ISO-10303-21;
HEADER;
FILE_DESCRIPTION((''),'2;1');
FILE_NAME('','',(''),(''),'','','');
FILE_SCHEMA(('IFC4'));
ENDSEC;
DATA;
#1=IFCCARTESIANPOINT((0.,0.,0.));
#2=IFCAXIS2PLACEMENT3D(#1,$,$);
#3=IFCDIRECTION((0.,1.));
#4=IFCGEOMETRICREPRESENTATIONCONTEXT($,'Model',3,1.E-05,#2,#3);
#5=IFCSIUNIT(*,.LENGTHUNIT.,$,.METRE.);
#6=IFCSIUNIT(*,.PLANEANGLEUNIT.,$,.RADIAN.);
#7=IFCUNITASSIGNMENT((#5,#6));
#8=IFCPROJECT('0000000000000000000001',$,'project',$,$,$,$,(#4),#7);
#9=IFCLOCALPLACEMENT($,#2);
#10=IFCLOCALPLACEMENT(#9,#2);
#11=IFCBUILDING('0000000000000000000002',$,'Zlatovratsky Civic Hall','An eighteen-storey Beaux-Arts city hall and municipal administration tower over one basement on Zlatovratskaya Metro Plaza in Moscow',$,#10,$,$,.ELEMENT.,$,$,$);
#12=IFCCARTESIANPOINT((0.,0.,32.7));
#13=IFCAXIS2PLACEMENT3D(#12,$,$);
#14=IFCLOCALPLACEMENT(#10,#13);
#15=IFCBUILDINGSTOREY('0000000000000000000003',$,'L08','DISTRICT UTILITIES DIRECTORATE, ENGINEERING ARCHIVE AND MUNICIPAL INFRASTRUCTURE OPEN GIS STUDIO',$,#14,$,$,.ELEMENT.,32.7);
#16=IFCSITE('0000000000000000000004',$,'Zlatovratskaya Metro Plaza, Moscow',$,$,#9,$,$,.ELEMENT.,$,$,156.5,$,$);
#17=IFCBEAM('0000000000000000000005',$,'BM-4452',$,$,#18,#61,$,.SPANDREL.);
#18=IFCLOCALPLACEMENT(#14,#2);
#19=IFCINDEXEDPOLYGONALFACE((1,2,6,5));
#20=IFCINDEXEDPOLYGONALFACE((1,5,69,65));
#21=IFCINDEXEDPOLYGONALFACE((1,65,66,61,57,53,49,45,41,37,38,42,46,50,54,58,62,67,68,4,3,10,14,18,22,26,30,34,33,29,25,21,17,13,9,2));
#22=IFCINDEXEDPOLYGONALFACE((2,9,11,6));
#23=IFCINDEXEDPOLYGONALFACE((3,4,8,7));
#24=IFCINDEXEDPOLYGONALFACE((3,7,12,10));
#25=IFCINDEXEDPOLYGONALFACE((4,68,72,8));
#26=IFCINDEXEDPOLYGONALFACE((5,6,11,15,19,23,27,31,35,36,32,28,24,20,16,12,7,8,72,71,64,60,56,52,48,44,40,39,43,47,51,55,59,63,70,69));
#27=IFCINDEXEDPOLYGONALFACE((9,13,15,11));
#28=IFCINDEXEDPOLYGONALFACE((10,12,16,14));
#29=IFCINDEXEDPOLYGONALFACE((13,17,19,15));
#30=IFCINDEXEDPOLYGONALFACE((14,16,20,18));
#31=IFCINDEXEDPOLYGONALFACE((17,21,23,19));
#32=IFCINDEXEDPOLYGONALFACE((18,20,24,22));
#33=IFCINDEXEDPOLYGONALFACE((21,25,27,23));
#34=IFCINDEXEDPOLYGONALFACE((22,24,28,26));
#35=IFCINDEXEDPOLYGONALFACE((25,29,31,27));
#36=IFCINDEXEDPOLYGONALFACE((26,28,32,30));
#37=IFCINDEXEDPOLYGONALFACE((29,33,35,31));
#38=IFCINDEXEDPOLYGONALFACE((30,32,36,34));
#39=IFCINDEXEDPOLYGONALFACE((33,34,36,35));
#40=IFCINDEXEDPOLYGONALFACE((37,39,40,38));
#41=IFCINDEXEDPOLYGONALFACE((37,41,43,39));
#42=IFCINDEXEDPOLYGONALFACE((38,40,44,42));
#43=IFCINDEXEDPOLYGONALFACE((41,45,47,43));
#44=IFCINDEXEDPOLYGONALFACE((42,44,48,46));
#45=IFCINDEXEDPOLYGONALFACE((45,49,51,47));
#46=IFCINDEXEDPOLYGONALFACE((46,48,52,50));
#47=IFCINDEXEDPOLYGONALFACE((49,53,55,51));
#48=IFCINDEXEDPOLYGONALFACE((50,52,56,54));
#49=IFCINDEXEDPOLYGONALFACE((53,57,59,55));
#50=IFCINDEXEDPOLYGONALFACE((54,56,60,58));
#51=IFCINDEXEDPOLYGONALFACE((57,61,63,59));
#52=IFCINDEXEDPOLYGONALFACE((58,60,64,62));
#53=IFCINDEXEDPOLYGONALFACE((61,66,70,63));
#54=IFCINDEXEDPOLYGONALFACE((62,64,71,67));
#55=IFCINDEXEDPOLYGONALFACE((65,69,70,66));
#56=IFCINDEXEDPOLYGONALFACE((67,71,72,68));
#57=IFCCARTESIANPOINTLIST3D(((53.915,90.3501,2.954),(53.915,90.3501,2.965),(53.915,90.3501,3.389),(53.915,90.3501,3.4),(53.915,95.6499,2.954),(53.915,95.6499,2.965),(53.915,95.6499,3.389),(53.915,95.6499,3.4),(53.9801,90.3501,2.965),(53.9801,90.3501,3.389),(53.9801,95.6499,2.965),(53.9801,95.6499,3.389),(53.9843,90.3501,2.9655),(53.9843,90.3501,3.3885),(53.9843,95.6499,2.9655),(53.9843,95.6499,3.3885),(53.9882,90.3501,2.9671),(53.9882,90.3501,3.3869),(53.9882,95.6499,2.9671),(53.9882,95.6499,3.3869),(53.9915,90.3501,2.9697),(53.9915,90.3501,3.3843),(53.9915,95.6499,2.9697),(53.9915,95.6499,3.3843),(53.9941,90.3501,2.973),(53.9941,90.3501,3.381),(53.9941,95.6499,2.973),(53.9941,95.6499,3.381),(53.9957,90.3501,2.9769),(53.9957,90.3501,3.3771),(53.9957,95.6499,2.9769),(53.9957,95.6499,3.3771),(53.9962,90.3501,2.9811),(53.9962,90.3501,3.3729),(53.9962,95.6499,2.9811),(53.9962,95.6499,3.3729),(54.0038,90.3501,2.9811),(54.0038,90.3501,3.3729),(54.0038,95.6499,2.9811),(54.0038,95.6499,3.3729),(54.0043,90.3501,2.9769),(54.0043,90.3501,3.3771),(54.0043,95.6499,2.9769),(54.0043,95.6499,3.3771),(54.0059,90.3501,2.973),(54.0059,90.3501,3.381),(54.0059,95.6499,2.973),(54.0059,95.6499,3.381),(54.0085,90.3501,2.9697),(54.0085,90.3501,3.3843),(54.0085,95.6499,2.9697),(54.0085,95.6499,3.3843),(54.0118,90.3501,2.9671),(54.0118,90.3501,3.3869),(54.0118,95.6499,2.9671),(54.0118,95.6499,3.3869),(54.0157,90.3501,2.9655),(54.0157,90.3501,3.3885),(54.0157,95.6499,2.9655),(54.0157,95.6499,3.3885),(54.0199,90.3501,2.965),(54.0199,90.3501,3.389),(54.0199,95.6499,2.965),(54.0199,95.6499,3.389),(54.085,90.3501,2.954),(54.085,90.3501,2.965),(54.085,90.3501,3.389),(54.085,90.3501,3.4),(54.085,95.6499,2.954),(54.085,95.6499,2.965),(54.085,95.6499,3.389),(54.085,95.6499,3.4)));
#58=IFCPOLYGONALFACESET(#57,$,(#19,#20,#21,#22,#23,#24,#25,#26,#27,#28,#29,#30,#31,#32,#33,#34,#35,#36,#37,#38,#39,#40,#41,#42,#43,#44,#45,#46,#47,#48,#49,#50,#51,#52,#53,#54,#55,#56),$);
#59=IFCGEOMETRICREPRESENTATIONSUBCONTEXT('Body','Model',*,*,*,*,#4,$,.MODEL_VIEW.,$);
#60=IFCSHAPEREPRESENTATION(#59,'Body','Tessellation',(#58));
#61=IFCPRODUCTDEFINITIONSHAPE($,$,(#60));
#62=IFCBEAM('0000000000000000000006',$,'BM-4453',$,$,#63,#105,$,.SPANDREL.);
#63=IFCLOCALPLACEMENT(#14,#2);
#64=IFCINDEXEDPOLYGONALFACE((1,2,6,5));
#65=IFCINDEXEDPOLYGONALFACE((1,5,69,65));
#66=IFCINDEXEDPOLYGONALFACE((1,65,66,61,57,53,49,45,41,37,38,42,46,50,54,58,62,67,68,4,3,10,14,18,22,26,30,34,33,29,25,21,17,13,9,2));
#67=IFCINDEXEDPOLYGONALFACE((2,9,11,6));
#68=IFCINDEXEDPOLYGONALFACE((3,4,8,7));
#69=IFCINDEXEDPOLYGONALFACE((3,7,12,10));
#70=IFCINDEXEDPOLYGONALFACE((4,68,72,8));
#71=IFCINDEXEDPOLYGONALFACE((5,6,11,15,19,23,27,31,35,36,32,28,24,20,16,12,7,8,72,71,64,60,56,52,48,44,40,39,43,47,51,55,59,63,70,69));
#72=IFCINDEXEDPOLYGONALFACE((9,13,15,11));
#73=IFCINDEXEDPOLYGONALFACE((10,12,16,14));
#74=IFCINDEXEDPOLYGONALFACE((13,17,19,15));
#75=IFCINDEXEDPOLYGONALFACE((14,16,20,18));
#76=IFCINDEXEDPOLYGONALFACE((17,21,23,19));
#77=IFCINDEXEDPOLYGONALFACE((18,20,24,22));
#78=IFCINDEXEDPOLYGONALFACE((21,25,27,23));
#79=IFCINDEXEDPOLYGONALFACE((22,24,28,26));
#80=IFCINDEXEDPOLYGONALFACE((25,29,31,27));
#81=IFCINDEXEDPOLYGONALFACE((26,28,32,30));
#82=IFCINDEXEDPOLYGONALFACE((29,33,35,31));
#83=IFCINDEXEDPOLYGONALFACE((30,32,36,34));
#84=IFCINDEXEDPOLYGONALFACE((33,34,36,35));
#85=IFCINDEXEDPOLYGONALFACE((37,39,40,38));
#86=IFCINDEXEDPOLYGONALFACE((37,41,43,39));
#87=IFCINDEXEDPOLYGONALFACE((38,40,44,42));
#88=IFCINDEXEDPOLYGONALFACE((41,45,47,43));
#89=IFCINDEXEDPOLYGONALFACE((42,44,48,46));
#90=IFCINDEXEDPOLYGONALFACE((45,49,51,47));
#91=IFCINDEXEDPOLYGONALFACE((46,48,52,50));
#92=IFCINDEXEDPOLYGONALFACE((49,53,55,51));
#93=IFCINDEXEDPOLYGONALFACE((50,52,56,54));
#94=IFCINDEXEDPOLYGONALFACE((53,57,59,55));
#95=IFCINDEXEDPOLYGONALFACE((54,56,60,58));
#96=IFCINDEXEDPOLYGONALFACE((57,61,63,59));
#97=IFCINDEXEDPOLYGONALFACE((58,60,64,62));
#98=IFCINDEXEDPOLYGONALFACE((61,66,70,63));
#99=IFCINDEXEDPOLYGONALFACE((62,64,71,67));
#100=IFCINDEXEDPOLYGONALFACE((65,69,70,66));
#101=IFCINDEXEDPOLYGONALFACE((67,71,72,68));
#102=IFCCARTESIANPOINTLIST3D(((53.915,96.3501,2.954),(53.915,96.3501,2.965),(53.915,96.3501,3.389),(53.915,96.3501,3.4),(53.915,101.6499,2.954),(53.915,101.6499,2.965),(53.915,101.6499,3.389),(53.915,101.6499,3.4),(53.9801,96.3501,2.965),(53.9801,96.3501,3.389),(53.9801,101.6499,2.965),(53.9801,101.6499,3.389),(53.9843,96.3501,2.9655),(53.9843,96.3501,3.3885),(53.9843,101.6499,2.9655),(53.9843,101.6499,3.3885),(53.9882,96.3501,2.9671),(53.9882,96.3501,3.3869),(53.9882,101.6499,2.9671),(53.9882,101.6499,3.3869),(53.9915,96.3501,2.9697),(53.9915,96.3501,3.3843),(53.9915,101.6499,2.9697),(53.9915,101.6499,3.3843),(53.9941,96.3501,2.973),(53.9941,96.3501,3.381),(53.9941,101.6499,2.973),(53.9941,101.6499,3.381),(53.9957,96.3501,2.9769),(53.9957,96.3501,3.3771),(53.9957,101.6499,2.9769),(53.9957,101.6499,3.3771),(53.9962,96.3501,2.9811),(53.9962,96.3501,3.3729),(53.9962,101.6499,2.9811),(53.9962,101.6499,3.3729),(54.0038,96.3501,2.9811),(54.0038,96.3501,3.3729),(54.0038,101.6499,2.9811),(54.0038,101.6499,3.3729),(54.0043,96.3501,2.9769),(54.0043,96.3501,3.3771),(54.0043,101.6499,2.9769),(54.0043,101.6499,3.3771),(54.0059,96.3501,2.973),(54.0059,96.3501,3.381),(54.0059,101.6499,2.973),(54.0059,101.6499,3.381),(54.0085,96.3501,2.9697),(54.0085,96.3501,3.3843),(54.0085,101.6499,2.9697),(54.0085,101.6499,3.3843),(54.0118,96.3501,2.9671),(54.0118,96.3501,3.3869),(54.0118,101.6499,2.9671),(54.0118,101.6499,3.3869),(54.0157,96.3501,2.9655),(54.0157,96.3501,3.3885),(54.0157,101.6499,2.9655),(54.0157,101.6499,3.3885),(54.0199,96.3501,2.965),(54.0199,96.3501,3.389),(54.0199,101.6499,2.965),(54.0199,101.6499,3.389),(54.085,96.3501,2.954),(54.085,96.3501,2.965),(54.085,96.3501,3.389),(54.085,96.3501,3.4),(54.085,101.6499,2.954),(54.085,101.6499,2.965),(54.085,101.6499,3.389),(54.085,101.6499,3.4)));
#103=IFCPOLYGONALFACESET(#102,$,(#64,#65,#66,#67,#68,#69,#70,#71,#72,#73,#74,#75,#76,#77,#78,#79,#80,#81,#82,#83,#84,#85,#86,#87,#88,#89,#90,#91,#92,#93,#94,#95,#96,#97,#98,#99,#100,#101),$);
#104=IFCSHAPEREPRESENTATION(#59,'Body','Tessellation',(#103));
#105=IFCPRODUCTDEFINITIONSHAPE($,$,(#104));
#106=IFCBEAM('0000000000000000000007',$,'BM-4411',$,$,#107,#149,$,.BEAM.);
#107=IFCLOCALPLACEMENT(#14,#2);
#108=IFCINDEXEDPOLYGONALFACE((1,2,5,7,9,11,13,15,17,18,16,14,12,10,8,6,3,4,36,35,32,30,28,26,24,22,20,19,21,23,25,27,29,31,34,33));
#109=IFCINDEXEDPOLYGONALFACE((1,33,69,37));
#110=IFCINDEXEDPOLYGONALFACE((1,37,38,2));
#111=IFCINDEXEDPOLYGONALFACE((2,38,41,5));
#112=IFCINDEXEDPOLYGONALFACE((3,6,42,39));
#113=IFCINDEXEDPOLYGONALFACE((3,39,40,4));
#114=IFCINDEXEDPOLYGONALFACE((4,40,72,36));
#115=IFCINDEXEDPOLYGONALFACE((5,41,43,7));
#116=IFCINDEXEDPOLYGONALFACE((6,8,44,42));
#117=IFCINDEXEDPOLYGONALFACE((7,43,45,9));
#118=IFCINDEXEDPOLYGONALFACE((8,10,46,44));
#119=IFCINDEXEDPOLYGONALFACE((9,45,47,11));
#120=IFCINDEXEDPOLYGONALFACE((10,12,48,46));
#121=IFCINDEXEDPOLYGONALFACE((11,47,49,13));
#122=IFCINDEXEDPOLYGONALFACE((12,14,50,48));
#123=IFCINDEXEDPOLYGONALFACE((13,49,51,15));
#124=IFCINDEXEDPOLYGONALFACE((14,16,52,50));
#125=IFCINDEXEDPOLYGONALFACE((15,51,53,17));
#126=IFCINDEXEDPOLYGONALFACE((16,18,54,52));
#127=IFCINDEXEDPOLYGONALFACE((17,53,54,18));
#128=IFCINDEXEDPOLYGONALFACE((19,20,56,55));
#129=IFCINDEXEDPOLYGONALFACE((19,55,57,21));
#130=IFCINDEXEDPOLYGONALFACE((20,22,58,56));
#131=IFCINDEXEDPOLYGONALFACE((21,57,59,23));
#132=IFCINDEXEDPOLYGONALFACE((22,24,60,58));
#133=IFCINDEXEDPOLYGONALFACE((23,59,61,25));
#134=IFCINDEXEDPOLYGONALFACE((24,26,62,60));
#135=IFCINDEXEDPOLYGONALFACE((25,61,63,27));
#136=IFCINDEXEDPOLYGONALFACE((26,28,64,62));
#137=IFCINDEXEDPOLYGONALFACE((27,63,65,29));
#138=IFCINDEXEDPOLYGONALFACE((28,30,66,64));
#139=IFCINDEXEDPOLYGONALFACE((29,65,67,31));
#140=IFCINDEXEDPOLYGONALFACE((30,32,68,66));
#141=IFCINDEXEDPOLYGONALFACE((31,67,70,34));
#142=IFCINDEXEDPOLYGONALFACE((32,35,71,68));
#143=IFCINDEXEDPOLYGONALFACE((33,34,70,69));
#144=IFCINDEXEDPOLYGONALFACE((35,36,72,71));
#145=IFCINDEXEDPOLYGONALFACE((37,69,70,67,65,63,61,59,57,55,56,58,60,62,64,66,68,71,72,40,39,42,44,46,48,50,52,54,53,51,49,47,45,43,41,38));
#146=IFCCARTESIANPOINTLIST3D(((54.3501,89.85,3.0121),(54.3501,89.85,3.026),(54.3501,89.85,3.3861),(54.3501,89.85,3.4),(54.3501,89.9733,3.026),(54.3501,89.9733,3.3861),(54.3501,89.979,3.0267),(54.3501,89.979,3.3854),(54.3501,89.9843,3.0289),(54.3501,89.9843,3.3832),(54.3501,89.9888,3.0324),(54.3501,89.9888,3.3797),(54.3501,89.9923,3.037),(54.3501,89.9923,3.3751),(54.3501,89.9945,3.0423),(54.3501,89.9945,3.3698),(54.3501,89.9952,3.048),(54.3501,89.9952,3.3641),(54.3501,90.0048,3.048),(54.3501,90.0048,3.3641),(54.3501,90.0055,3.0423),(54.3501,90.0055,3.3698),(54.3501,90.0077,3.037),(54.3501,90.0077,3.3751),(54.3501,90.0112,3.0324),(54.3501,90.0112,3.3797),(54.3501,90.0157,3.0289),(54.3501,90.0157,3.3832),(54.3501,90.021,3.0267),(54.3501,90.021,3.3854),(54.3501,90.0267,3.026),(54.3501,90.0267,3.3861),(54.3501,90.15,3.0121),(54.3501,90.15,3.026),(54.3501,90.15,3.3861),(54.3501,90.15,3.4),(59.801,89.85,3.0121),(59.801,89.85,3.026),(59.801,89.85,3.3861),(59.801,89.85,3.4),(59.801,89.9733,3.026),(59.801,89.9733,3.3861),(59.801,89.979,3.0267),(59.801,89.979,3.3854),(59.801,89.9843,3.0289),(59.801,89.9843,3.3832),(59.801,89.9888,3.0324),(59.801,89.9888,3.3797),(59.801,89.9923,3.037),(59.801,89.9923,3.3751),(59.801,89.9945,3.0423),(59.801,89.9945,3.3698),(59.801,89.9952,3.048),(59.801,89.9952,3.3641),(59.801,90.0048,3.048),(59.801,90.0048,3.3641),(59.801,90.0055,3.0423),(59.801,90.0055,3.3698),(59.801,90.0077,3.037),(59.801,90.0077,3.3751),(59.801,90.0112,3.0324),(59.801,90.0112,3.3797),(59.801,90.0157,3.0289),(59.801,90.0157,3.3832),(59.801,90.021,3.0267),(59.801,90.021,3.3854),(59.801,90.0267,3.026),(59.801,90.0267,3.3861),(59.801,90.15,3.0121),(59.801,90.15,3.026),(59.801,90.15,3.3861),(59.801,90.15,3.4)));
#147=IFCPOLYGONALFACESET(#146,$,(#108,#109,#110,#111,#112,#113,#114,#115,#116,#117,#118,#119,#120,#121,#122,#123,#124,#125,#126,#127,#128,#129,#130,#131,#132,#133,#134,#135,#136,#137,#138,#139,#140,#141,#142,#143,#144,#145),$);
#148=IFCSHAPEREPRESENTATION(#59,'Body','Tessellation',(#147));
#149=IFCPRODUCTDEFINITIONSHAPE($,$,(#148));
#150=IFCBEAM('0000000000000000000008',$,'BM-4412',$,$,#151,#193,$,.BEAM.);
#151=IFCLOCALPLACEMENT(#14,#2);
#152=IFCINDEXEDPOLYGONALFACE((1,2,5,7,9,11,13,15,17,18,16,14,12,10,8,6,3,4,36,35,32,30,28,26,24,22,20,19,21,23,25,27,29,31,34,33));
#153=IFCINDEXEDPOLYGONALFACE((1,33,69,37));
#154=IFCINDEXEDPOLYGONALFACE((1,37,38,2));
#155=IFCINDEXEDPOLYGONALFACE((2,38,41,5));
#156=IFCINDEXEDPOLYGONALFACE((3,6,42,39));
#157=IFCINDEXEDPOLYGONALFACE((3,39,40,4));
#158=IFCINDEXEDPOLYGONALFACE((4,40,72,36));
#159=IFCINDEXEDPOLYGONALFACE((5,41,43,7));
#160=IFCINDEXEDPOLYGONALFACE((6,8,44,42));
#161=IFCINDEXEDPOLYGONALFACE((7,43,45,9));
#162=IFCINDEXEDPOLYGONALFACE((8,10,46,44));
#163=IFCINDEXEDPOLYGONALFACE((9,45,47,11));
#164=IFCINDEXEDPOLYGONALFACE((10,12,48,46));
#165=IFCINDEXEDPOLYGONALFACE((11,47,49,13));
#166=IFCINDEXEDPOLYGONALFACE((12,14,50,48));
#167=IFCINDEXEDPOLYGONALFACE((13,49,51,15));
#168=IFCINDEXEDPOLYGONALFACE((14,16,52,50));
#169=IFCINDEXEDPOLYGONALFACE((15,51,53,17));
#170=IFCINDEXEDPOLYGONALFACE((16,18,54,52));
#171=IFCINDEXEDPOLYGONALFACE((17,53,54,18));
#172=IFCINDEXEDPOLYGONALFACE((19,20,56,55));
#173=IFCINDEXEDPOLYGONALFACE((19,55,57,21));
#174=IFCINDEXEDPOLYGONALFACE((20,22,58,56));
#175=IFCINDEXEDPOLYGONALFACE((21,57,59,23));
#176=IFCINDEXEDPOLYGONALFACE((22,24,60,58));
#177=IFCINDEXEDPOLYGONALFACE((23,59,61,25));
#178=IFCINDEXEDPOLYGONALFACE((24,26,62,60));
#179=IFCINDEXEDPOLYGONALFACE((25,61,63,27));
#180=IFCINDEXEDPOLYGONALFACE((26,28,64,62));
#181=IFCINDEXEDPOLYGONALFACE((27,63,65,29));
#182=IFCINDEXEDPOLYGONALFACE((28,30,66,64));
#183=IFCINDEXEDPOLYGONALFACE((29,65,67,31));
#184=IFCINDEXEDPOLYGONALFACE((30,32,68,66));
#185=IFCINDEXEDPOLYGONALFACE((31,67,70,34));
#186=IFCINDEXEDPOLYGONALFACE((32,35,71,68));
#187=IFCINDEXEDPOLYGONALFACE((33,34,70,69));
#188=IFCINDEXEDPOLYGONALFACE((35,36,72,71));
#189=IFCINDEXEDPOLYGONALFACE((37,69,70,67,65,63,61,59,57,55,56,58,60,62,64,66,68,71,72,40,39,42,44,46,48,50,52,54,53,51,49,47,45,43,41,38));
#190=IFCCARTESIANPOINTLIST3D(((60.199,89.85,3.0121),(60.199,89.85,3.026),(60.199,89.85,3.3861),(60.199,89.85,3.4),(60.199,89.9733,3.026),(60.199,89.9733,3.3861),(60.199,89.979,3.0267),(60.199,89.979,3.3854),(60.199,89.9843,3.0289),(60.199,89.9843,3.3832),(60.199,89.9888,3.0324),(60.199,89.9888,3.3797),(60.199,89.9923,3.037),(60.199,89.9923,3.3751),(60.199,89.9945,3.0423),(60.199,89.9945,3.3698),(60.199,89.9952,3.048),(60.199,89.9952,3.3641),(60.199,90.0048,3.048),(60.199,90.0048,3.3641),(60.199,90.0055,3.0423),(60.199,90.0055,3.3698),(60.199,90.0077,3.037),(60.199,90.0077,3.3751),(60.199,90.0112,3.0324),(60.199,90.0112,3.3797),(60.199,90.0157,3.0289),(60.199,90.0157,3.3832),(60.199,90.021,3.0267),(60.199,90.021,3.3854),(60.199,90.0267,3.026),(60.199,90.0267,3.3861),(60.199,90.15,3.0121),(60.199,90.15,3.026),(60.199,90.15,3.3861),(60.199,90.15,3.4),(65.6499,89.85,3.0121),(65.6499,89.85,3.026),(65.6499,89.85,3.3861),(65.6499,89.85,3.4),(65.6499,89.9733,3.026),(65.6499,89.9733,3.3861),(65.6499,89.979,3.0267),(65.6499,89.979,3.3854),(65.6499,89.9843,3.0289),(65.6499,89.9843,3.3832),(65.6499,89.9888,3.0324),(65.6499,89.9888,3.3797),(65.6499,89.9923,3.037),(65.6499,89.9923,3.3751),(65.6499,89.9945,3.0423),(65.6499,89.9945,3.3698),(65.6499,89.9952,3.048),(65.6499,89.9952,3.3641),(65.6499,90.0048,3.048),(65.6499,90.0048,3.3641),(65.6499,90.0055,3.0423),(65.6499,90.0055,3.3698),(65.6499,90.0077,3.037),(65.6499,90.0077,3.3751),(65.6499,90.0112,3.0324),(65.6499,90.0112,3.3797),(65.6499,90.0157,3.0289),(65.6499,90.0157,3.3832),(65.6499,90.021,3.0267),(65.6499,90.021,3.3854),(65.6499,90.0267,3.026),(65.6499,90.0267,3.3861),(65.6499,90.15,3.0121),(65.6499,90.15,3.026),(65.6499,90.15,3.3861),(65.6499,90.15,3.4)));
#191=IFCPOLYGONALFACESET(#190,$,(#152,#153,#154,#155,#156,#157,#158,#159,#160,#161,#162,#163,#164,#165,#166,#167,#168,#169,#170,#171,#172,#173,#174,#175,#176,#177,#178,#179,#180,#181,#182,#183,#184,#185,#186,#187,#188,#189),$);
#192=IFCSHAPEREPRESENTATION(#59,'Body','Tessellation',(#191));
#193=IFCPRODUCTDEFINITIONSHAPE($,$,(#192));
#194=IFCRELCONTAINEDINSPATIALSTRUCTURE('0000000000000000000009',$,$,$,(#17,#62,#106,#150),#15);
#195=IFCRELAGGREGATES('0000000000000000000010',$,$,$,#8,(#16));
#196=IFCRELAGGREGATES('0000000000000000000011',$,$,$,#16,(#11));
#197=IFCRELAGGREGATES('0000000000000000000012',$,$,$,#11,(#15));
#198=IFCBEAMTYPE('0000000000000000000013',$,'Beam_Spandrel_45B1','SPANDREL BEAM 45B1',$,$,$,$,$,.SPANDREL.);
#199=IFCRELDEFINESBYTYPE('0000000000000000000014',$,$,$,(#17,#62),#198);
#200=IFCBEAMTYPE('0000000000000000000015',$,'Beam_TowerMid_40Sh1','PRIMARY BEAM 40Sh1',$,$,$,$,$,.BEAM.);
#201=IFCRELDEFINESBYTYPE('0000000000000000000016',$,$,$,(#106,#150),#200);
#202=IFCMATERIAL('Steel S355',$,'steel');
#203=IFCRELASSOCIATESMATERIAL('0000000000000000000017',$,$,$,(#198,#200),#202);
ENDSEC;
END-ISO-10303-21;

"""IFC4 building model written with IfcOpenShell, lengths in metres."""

from ifc_helpers import new_model, si_unit, direction, frame, origin, origin_2d, place, context, subcontext, project, spatial, i_section, extrude, material, material_profile, profile_set, type_object, element, save


model = new_model("IFC4")

# Units and contexts
model_context = context("Model", 3, precision=1e-05, world=origin(), true_north=direction((0.0, 1.0)))
body_context = subcontext(model_context, "Body", "Model", "MODEL_VIEW")
ifc_project = project(units=[si_unit("LENGTHUNIT", "METRE"), si_unit("PLANEANGLEUNIT", "RADIAN")], contexts=[model_context])

# Site, building, storey
site_placement = place(None, origin())
site = spatial("IfcSite", under=ifc_project, at=site_placement, Name="Zlatovratskaya Metro Plaza, Moscow", CompositionType="ELEMENT", RefElevation=156.5)
building_placement = place(site_placement, origin())
building = spatial("IfcBuilding", under=site, at=building_placement, Name="Zlatovratsky Civic Hall", Description="An eighteen-storey Beaux-Arts city hall and municipal administration tower over one basement on Zlatovratskaya Metro Plaza in Moscow", CompositionType="ELEMENT")
storey_placement = place(building_placement, frame((0.0, 0.0, 32.7)))
storey = spatial("IfcBuildingStorey", under=building, at=storey_placement, Name="L08", Description="DISTRICT UTILITIES DIRECTORATE, ENGINEERING ARCHIVE AND MUNICIPAL INFRASTRUCTURE OPEN GIS STUDIO", CompositionType="ELEMENT", Elevation=32.7)

# Shared definitions
ifc_material_1 = material(Name="Steel S355", Category="steel")

# Beams
ifc_material_profile_1 = material_profile(ifc_material_1, i_section(OverallWidth=0.1699, OverallDepth=0.446, WebThickness=0.0076, FlangeThickness=0.011, FilletRadius=0.0161, at=origin_2d()), Name="45B1")
ifc_profile_set_1 = profile_set([ifc_material_profile_1], Name="Steel S355")
beam_type_1 = type_object("IfcBeamType", Name="Beam_Spandrel_45B1", Description="SPANDREL BEAM 45B1", PredefinedType="SPANDREL", material=ifc_profile_set_1)
for number, where, z_axis, x_axis, name in (
    (1, (54.0, 90.3501, 3.177), (0.0, 1.0, 0.0), (-1.0, 0.0, 0.0), "BM-4452"),
    (2, (54.0, 96.3501, 3.177), (0.0, 1.0, 0.0), (-1.0, 0.0, 0.0), "BM-4453"),
):
    element("IfcBeam", number, at=place(storey_placement, frame(where, z_axis=z_axis, x_axis=x_axis)), inside=storey, type_object=beam_type_1, Name=name, PredefinedType="SPANDREL", context=body_context, shape_type="SweptSolid", body=[
        extrude(i_section(OverallWidth=0.1699, OverallDepth=0.446, WebThickness=0.0076, FlangeThickness=0.011, FilletRadius=0.0161, at=origin_2d()), origin(), (0.0, 0.0, 1.0), 5.2998),
    ])
ifc_material_profile_2 = material_profile(ifc_material_1, i_section(OverallWidth=0.3, OverallDepth=0.3879, WebThickness=0.0095, FlangeThickness=0.0139, FilletRadius=0.022, at=origin_2d()), Name="40Sh1")
ifc_profile_set_2 = profile_set([ifc_material_profile_2], Name="Steel S355")
beam_type_2 = type_object("IfcBeamType", Name="Beam_TowerMid_40Sh1", Description="PRIMARY BEAM 40Sh1", PredefinedType="BEAM", material=ifc_profile_set_2)
for number, where, z_axis, x_axis, name in (
    (3, (54.3501, 90.0, 3.2061), (1.0, 0.0, 0.0), (0.0, 1.0, 0.0), "BM-4411"),
    (4, (60.199, 90.0, 3.2061), (1.0, 0.0, 0.0), (0.0, 1.0, 0.0), "BM-4412"),
):
    element("IfcBeam", number, at=place(storey_placement, frame(where, z_axis=z_axis, x_axis=x_axis)), inside=storey, type_object=beam_type_2, Name=name, PredefinedType="BEAM", context=body_context, shape_type="SweptSolid", body=[
        extrude(i_section(OverallWidth=0.3, OverallDepth=0.3879, WebThickness=0.0095, FlangeThickness=0.0139, FilletRadius=0.022, at=origin_2d()), origin(), (0.0, 0.0, 1.0), 5.4509),
    ])

save(model, "model.ifc")
